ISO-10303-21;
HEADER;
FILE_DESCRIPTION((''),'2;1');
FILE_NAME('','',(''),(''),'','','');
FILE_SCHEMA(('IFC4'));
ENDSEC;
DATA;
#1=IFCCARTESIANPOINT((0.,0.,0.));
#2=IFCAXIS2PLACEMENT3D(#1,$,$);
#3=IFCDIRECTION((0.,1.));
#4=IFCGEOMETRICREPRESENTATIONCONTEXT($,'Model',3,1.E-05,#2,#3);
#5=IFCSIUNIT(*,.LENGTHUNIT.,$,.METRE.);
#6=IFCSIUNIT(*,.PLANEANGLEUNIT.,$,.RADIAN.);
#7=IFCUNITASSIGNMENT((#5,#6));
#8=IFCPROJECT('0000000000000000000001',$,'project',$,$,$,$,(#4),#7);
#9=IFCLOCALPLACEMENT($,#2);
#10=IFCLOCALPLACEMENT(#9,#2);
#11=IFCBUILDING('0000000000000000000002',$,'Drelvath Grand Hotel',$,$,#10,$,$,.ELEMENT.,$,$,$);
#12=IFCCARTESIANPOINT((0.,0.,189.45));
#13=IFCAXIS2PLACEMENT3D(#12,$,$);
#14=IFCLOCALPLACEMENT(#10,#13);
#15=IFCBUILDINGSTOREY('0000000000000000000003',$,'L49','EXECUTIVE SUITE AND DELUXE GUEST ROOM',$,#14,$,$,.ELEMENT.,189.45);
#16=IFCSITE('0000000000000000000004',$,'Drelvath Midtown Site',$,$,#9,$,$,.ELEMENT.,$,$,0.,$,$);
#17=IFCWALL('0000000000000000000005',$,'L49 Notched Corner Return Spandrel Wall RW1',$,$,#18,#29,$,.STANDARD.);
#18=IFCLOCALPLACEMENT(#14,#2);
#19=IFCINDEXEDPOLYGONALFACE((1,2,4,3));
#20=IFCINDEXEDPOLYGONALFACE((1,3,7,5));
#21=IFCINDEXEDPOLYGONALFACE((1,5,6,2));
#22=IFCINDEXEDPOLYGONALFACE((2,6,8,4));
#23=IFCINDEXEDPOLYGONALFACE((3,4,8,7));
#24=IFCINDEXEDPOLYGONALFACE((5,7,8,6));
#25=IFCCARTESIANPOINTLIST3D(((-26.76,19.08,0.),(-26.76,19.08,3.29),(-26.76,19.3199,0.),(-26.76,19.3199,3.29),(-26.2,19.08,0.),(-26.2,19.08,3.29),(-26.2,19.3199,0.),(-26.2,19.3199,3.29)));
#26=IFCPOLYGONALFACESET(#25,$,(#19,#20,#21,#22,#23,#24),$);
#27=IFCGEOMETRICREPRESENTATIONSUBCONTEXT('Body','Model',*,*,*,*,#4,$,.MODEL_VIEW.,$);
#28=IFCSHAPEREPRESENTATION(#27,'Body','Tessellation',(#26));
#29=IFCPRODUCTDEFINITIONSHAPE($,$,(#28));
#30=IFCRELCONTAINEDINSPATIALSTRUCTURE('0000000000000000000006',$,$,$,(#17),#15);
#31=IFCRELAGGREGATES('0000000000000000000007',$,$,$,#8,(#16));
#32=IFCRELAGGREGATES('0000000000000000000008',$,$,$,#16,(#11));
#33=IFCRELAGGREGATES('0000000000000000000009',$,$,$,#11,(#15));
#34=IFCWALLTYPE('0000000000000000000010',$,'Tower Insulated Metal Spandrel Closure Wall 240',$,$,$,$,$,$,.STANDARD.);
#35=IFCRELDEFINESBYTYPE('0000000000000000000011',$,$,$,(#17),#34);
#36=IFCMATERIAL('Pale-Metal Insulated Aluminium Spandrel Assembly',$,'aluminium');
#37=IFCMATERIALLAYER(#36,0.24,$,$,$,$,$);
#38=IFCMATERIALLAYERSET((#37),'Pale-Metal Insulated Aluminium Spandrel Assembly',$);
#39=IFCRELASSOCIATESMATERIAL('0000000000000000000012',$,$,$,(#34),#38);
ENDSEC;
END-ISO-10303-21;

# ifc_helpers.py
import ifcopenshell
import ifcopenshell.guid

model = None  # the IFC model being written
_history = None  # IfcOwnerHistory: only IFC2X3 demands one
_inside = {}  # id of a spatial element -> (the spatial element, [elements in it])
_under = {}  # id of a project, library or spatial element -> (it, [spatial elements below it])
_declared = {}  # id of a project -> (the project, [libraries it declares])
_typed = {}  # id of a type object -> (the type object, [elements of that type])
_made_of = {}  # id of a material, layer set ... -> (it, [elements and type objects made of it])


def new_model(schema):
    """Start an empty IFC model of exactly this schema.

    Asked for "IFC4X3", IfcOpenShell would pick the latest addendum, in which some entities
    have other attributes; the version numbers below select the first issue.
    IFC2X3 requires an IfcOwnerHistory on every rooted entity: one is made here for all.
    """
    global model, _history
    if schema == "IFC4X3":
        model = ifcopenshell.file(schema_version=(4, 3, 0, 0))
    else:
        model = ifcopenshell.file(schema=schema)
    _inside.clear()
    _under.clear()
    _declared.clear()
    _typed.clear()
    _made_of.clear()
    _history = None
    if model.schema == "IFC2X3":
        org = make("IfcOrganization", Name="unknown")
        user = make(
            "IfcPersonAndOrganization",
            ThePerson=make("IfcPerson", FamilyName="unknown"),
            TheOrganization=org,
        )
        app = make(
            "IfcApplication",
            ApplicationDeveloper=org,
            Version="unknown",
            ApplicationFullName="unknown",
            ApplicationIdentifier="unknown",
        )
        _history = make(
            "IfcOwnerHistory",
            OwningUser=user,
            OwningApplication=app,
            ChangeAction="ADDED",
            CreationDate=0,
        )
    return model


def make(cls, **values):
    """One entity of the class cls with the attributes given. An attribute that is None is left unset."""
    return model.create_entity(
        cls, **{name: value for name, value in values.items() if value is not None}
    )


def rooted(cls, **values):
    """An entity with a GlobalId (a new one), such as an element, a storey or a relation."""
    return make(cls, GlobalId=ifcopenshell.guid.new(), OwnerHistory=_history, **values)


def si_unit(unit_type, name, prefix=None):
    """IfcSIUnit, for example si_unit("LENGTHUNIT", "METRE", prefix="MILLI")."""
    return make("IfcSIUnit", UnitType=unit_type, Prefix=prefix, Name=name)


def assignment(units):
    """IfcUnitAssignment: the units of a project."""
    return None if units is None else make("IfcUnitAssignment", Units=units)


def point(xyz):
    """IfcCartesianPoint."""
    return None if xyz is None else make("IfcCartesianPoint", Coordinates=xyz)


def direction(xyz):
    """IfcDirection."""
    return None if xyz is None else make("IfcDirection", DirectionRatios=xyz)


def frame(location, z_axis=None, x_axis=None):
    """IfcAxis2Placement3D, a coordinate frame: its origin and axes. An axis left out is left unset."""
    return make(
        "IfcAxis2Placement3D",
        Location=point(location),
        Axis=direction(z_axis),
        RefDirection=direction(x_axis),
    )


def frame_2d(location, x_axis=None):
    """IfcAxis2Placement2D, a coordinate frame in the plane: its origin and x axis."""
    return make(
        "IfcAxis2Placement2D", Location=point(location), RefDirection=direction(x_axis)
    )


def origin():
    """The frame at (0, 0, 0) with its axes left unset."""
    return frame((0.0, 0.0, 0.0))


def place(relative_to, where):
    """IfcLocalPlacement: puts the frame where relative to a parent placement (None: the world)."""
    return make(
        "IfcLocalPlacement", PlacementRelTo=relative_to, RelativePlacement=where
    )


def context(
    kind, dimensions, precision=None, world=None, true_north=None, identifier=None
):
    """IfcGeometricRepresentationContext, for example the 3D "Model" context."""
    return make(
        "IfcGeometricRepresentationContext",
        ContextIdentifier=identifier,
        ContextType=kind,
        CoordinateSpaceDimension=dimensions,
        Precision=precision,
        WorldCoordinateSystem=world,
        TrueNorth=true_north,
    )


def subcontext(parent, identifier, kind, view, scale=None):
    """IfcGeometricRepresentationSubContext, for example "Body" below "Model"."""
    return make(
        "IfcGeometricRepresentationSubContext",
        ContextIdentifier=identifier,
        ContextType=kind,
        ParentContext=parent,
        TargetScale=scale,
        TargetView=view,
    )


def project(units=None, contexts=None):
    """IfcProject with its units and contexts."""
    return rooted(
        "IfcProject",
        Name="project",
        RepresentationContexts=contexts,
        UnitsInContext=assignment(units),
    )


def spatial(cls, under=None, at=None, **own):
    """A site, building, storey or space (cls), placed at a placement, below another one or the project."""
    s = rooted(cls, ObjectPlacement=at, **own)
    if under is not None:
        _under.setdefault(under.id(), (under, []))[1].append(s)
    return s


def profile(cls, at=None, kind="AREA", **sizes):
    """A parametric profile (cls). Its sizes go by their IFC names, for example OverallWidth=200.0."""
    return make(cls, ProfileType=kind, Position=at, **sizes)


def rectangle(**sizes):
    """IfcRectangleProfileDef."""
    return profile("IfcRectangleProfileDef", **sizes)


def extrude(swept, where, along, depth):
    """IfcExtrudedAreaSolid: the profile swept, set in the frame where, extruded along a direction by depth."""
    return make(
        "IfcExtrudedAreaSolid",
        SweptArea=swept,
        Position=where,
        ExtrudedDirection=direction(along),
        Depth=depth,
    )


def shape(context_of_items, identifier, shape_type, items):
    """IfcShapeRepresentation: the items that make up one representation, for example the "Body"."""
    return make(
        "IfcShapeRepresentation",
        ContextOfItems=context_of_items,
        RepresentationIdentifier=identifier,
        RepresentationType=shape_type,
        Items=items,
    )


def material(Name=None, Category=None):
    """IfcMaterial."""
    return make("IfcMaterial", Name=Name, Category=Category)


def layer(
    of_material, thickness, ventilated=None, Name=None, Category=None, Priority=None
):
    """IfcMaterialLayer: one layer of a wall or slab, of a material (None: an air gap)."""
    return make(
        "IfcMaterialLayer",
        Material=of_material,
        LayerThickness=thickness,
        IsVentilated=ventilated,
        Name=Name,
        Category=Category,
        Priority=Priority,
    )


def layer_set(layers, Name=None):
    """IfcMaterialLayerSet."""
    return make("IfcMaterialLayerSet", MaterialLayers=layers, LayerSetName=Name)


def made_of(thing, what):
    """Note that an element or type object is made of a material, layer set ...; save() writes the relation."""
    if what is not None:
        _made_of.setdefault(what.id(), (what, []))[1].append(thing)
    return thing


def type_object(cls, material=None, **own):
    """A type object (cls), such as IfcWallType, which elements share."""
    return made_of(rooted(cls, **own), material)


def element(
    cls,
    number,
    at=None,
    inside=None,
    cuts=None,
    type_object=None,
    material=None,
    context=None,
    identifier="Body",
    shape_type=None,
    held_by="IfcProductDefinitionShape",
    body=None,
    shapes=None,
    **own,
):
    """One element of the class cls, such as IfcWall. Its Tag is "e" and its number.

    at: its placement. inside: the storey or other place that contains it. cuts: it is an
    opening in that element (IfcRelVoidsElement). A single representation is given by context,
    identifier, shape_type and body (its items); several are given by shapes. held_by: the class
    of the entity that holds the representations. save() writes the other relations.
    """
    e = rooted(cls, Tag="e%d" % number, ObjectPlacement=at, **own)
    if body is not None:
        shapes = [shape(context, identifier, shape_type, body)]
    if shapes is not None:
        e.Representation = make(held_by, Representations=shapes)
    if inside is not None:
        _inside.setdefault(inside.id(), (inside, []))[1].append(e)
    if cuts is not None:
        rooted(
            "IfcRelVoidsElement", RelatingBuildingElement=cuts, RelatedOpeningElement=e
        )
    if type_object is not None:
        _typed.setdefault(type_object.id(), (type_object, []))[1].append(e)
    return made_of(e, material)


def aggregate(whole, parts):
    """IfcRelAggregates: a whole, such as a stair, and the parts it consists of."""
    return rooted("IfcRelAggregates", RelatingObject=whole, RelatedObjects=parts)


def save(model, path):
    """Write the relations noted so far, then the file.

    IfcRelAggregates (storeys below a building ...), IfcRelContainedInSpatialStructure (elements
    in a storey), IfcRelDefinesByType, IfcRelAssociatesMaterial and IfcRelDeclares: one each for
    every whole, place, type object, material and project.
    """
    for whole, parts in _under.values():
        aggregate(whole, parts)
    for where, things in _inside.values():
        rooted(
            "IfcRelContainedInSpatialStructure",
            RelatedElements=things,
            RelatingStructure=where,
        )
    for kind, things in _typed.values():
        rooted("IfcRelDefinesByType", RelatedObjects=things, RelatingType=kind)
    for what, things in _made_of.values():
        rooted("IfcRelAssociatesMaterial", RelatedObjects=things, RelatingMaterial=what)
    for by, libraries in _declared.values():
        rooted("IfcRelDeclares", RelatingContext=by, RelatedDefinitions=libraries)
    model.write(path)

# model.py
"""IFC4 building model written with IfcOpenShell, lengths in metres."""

from ifc_helpers import new_model, si_unit, direction, frame, frame_2d, origin, place, context, subcontext, project, spatial, rectangle, extrude, material, layer, layer_set, type_object, element, save


model = new_model("IFC4")

# Units and contexts
model_context = context("Model", 3, precision=1e-05, world=origin(), true_north=direction((0.0, 1.0)))
body_context = subcontext(model_context, "Body", "Model", "MODEL_VIEW")
ifc_project = project(units=[si_unit("LENGTHUNIT", "METRE"), si_unit("PLANEANGLEUNIT", "RADIAN")], contexts=[model_context])

# Site, building, storey
site_placement = place(None, origin())
site = spatial("IfcSite", under=ifc_project, at=site_placement, Name="Drelvath Midtown Site", CompositionType="ELEMENT", RefElevation=0.0)
building_placement = place(site_placement, origin())
building = spatial("IfcBuilding", under=site, at=building_placement, Name="Drelvath Grand Hotel", CompositionType="ELEMENT")
storey_placement = place(building_placement, frame((0.0, 0.0, 189.45)))
storey = spatial("IfcBuildingStorey", under=building, at=storey_placement, Name="L49", Description="EXECUTIVE SUITE AND DELUXE GUEST ROOM", CompositionType="ELEMENT", Elevation=189.45)

# Wall
ifc_material_1 = material(Name="Pale-Metal Insulated Aluminium Spandrel Assembly", Category="aluminium")
ifc_layer_1 = layer(ifc_material_1, 0.24)
ifc_layer_set_1 = layer_set([ifc_layer_1], Name="Pale-Metal Insulated Aluminium Spandrel Assembly")
wall_type_1 = type_object("IfcWallType", Name="Tower Insulated Metal Spandrel Closure Wall 240", PredefinedType="STANDARD", material=ifc_layer_set_1)
wall_1_placement = place(storey_placement, frame((-26.76, 19.2, 0.0), z_axis=(0.0, 0.0, 1.0), x_axis=(1.0, 0.0, 0.0)))
element("IfcWall", 1, at=wall_1_placement, inside=storey, type_object=wall_type_1, Name="L49 Notched Corner Return Spandrel Wall RW1", PredefinedType="STANDARD", context=body_context, shape_type="SweptSolid", body=[
    extrude(rectangle(XDim=0.5601, YDim=0.24, at=frame_2d((0.28, 0.0))), origin(), (0.0, 0.0, 1.0), 3.29),
])

save(model, "model.ifc")
